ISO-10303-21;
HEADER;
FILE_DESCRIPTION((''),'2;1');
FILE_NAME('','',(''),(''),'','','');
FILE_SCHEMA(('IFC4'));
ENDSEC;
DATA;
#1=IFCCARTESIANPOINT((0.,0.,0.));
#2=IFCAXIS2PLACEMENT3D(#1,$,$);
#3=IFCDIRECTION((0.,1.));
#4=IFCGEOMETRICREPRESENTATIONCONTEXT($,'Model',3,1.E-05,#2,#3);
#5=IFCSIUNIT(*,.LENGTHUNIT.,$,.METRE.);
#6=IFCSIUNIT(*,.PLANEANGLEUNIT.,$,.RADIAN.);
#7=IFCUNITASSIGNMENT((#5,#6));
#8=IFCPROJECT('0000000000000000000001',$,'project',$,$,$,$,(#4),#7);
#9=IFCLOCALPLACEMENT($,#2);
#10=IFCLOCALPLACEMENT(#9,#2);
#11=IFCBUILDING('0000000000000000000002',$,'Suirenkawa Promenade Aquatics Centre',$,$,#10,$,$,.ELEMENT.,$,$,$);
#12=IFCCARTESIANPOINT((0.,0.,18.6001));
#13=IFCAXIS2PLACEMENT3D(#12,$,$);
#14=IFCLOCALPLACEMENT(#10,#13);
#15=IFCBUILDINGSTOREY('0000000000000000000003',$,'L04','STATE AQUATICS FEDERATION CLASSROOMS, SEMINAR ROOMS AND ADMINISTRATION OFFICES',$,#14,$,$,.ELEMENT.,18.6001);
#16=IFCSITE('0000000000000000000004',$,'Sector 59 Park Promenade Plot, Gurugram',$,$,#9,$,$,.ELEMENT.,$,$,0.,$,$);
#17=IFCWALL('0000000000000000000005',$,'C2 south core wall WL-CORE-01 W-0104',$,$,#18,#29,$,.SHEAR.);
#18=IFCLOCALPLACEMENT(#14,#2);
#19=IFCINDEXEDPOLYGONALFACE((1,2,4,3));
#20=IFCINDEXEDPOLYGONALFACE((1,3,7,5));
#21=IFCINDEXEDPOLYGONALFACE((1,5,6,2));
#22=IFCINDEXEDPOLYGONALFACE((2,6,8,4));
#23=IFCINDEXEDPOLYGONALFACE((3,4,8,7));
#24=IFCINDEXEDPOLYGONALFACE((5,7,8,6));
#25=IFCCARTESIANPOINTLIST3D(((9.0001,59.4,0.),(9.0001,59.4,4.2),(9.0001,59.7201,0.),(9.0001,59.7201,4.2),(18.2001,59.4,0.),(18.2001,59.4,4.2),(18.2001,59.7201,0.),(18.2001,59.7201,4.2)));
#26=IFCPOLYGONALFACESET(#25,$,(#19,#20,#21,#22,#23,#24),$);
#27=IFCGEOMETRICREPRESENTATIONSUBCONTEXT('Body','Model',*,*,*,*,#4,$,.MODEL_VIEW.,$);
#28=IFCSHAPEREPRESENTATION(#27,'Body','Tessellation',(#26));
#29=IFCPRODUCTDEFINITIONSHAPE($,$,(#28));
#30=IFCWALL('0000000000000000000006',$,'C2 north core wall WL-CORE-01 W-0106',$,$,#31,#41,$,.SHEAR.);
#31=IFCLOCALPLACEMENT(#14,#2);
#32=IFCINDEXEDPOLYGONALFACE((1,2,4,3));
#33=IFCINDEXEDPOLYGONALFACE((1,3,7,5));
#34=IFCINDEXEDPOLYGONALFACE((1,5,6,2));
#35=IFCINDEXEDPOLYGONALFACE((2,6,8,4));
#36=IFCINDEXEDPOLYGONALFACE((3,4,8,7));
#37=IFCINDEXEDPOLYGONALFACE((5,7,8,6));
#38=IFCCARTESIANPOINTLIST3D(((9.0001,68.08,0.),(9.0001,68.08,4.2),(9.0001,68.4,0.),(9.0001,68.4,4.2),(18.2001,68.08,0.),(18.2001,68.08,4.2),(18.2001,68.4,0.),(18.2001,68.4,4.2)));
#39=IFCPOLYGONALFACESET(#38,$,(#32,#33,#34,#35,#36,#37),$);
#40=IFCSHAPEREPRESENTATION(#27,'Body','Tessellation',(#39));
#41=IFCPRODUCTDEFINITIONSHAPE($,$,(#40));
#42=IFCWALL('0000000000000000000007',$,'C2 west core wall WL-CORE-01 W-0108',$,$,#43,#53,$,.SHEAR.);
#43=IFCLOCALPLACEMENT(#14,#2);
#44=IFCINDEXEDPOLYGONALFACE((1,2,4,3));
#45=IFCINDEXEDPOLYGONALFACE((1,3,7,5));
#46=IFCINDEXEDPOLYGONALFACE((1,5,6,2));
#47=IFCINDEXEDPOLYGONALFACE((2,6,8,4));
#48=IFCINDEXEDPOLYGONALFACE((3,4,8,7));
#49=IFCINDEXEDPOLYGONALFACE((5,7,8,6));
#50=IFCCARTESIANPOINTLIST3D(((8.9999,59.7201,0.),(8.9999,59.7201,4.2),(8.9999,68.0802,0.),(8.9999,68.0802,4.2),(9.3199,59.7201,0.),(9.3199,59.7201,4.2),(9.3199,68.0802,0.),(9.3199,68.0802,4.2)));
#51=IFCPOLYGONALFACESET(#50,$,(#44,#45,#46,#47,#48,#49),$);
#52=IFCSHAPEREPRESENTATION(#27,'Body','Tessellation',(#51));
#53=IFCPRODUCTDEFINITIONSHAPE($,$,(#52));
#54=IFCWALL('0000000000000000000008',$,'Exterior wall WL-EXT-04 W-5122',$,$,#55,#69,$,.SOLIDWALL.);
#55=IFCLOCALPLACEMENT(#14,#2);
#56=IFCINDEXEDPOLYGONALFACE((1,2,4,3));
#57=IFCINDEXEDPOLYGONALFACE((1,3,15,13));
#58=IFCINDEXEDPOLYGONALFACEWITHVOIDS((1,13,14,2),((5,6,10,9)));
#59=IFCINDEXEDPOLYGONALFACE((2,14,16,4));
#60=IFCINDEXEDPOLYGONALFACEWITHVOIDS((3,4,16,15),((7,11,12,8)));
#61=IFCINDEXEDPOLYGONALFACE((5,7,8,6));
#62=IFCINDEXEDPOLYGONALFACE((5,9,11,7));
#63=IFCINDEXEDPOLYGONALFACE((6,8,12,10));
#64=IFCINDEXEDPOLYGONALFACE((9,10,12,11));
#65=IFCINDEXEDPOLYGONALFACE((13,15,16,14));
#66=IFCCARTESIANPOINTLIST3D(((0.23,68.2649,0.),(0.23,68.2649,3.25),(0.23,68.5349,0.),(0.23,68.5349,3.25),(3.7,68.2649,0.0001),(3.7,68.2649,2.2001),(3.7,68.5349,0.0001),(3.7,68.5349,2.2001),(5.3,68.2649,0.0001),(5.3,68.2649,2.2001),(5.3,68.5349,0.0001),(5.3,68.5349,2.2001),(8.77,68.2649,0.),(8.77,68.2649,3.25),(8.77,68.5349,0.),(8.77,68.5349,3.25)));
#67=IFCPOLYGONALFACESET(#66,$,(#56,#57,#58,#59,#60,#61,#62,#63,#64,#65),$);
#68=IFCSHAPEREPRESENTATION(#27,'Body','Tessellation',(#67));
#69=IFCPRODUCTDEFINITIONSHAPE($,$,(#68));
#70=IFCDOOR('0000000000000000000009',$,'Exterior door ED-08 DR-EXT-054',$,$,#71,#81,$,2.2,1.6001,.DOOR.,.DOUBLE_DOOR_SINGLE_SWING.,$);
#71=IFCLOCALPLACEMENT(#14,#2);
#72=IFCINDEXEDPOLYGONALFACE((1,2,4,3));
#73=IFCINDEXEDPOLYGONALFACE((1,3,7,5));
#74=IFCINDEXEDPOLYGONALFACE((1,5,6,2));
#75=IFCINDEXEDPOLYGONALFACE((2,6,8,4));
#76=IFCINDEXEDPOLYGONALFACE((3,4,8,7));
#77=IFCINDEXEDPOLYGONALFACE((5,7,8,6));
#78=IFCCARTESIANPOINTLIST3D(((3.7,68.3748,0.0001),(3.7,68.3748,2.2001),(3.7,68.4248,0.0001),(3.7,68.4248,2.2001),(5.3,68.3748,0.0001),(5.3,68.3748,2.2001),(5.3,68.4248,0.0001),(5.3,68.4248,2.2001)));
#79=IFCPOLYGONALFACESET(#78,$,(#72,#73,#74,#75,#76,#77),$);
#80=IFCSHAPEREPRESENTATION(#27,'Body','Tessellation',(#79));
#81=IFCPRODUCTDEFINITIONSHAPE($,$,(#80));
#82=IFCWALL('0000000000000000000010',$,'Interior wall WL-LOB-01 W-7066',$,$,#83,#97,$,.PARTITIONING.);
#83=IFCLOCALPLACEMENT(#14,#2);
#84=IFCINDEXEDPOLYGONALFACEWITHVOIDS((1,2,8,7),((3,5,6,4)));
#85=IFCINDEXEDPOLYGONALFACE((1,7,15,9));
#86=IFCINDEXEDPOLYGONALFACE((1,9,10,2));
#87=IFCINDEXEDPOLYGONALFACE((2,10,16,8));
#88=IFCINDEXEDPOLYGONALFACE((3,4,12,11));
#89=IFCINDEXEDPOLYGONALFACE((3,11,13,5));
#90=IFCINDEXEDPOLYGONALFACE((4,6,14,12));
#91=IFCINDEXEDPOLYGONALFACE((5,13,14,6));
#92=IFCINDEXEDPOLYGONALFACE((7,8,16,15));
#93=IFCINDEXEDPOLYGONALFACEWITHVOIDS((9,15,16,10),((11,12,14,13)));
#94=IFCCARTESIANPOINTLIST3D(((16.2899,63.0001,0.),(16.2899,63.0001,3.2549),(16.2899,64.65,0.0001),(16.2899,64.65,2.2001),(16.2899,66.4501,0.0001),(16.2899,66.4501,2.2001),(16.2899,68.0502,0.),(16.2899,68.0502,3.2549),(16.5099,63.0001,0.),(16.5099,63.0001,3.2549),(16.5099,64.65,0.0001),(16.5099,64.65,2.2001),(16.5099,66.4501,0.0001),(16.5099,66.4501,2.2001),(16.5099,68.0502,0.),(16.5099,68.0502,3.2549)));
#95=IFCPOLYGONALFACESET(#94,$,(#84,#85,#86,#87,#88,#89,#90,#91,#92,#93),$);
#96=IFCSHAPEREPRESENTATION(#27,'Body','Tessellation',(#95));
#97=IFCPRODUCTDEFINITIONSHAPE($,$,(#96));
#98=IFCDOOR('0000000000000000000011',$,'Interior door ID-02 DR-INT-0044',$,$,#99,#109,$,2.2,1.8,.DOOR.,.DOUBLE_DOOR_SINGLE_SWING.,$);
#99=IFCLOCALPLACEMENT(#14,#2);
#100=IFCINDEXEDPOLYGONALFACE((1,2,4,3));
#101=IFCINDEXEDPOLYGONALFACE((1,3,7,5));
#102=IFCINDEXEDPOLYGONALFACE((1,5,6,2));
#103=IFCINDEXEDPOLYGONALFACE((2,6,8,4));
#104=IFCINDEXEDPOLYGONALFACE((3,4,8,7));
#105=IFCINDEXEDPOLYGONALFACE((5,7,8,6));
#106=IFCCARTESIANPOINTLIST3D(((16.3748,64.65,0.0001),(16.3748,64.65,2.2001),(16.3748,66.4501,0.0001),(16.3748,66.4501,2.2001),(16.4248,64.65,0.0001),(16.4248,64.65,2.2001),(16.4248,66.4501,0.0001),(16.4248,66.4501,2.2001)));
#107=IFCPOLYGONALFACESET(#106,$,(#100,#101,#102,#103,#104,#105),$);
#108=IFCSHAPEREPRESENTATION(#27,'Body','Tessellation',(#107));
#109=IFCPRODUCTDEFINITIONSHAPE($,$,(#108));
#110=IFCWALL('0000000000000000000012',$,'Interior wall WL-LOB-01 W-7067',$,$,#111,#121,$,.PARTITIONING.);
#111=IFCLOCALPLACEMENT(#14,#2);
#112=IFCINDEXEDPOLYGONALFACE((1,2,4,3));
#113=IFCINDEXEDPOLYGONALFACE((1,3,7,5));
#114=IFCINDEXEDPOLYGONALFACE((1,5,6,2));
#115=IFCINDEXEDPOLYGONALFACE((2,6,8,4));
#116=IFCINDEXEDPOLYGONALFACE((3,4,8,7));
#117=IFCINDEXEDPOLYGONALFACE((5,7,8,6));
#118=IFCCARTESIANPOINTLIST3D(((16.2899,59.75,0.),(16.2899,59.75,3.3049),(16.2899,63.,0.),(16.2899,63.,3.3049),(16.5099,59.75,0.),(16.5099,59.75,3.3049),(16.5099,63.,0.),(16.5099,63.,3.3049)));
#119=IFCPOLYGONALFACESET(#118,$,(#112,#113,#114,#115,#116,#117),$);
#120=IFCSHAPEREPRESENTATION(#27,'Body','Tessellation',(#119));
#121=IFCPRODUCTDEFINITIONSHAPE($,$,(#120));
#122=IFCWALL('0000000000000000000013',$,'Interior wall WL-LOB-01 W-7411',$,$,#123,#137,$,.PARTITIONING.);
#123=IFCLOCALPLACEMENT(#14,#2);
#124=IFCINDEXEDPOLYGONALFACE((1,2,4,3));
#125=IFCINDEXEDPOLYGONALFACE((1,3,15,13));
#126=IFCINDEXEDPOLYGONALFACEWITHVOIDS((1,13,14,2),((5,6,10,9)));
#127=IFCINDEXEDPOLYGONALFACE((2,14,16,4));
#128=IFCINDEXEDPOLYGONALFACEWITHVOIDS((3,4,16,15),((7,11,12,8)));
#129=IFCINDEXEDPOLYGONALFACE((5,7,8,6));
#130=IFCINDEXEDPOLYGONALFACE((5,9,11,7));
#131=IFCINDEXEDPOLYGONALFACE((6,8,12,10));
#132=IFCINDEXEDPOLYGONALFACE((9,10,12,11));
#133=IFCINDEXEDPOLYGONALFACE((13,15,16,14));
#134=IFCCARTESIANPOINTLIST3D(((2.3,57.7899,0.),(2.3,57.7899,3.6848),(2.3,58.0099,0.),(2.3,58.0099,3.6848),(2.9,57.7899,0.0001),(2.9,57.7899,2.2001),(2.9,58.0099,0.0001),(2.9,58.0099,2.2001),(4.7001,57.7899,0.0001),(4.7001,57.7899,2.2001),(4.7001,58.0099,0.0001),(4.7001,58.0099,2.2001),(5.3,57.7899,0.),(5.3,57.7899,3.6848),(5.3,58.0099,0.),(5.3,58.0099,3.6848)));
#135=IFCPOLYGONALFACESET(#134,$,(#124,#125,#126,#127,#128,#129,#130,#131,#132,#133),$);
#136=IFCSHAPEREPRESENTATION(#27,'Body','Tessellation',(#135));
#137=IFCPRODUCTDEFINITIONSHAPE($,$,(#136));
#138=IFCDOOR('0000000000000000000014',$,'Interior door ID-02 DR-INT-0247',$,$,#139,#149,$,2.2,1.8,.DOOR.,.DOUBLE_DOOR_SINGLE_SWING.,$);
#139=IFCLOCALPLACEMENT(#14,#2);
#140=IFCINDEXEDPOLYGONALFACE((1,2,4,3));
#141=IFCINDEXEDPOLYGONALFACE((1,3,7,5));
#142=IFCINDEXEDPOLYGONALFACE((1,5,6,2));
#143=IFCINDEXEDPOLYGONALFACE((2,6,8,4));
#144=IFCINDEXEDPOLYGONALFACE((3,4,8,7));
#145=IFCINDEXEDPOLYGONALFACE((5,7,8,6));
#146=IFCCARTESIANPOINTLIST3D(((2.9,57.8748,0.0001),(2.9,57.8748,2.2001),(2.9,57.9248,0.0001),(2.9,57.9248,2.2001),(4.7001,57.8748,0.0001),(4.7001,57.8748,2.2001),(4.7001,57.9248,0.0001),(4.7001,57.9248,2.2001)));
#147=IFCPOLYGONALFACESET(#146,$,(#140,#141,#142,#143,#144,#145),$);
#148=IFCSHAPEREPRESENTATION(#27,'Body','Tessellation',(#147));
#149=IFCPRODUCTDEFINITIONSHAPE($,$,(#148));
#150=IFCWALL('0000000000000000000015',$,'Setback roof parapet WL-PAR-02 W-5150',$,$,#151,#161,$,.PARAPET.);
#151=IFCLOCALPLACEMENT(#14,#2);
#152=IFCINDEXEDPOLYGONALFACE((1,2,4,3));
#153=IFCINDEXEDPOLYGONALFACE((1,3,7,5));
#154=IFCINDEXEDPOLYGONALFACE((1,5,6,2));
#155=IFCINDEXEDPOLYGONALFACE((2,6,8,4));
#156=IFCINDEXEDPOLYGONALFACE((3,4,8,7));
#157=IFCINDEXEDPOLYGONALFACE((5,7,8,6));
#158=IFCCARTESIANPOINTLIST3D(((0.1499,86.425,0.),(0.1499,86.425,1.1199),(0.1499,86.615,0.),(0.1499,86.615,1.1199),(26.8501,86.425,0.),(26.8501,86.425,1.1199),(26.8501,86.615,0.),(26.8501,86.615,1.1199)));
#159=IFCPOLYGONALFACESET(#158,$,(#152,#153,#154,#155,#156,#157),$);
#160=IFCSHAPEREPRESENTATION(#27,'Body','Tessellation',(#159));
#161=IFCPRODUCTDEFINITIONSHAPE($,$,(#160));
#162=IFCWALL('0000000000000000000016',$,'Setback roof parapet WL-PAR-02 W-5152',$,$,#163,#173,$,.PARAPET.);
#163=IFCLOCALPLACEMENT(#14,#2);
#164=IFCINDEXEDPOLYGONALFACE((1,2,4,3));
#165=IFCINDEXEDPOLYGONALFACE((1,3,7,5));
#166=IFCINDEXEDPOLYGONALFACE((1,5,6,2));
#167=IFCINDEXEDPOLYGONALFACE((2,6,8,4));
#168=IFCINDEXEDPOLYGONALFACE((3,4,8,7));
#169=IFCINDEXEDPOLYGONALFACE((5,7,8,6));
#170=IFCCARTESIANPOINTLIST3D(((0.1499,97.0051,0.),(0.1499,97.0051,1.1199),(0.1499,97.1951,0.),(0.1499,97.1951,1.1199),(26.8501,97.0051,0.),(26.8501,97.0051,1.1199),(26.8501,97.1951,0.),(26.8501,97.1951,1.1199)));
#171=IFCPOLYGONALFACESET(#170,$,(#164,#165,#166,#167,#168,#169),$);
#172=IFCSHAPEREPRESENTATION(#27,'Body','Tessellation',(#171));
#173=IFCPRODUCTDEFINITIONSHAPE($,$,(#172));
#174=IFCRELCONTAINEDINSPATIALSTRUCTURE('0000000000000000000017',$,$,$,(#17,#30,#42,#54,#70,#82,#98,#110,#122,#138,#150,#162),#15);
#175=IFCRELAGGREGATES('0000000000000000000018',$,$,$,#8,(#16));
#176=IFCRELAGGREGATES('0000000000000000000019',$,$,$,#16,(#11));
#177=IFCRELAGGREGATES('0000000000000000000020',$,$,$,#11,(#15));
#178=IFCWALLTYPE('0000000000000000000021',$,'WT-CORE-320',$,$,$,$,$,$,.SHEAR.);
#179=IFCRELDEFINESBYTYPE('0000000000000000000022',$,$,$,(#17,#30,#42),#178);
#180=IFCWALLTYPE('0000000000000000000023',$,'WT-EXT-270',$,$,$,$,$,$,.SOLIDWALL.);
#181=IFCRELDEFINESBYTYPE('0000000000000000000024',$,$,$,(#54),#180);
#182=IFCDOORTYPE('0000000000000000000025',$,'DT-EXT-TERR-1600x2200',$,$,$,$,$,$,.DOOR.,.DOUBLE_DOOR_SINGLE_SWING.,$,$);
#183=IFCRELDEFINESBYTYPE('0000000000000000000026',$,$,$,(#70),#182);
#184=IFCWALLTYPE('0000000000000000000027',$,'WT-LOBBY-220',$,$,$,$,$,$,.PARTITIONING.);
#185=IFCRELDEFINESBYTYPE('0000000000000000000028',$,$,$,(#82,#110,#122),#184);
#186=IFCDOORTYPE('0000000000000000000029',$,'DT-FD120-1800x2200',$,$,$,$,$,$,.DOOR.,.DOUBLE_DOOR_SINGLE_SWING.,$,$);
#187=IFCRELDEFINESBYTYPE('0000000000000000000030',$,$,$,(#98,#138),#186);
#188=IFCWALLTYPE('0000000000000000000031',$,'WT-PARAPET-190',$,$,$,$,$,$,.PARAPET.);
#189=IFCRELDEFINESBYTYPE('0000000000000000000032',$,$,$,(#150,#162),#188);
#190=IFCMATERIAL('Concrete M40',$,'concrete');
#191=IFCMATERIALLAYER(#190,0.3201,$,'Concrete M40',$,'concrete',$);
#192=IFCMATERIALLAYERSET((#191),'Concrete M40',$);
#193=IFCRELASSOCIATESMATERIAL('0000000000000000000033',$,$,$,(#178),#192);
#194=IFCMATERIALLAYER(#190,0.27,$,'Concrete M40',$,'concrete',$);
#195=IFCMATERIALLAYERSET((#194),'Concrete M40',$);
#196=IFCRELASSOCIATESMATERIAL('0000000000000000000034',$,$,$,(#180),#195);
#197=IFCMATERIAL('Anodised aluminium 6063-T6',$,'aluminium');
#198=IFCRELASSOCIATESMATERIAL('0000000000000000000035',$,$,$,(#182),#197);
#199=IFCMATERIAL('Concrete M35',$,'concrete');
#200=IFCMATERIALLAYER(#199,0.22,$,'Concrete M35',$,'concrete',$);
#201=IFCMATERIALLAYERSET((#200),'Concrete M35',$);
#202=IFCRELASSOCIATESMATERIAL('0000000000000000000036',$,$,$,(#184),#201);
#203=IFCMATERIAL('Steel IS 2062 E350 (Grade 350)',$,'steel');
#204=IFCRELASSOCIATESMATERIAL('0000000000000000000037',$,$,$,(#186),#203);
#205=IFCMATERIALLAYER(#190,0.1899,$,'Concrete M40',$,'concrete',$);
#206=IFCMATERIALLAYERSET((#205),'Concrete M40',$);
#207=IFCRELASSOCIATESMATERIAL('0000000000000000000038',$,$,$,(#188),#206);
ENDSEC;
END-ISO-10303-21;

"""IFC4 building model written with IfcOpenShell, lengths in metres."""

from ifc_helpers import new_model, si_unit, direction, frame, frame_2d, origin, place, context, subcontext, project, spatial, rectangle, extrude, material, layer, layer_set, type_object, element, fill, save


model = new_model("IFC4")

# Units and contexts
model_context = context("Model", 3, precision=1e-05, world=origin(), true_north=direction((0.0, 1.0)))
body_context = subcontext(model_context, "Body", "Model", "MODEL_VIEW")
ifc_project = project(units=[si_unit("LENGTHUNIT", "METRE"), si_unit("PLANEANGLEUNIT", "RADIAN")], contexts=[model_context])

# Site, building, storey
site_placement = place(None, origin())
site = spatial("IfcSite", under=ifc_project, at=site_placement, Name="Sector 59 Park Promenade Plot, Gurugram", CompositionType="ELEMENT", RefElevation=0.0)
building_placement = place(site_placement, origin())
building = spatial("IfcBuilding", under=site, at=building_placement, Name="Suirenkawa Promenade Aquatics Centre", CompositionType="ELEMENT")
storey_placement = place(building_placement, frame((0.0, 0.0, 18.6001)))
storey = spatial("IfcBuildingStorey", under=building, at=storey_placement, Name="L04", Description="STATE AQUATICS FEDERATION CLASSROOMS, SEMINAR ROOMS AND ADMINISTRATION OFFICES", CompositionType="ELEMENT", Elevation=18.6001)

# Shared definitions
ifc_material_1 = material(Name="Concrete M40", Category="concrete")

# Shared definitions
ifc_material_2 = material(Name="Steel IS 2062 E350 (Grade 350)", Category="steel")
ifc_material_3 = material(Name="Concrete M35", Category="concrete")

# Walls
ifc_layer_1 = layer(ifc_material_1, 0.3201, Name="Concrete M40", Category="concrete")
ifc_layer_set_1 = layer_set([ifc_layer_1], Name="Concrete M40")
wall_type_1 = type_object("IfcWallType", Name="WT-CORE-320", PredefinedType="SHEAR", material=ifc_layer_set_1)
for number, where, z_axis, x_axis, name in (
    (1, (9.0, 59.5601, 0.0), (0.0, 0.0, 1.0), (1.0, 0.0, 0.0), "C2 south core wall WL-CORE-01 W-0104"),
    (2, (9.0, 68.24, 0.0), (0.0, 0.0, 1.0), (1.0, 0.0, 0.0), "C2 north core wall WL-CORE-01 W-0106"),
):
    element("IfcWall", number, at=place(storey_placement, frame(where, z_axis=z_axis, x_axis=x_axis)), inside=storey, type_object=wall_type_1, Name=name, PredefinedType="SHEAR", context=body_context, shape_type="SweptSolid", body=[
        extrude(rectangle(XDim=9.2, YDim=0.3201, at=frame_2d((4.6001, 0.0))), origin(), (0.0, 0.0, 1.0), 4.2),
    ])
wall_1_placement = place(storey_placement, frame((9.1599, 59.72, 0.0), z_axis=(0.0, 0.0, 1.0), x_axis=(0.0, 1.0, 0.0)))
element("IfcWall", 3, at=wall_1_placement, inside=storey, type_object=wall_type_1, Name="C2 west core wall WL-CORE-01 W-0108", PredefinedType="SHEAR", context=body_context, shape_type="SweptSolid", body=[
    extrude(rectangle(XDim=8.3601, YDim=0.3201, at=frame_2d((4.1802, 0.0))), origin(), (0.0, 0.0, 1.0), 4.2),
])

# Walls, openings, doors
ifc_layer_2 = layer(ifc_material_1, 0.27, Name="Concrete M40", Category="concrete")
ifc_layer_set_2 = layer_set([ifc_layer_2], Name="Concrete M40")
wall_type_2 = type_object("IfcWallType", Name="WT-EXT-270", PredefinedType="SOLIDWALL", material=ifc_layer_set_2)
wall_2_placement = place(storey_placement, frame((0.23, 68.3999, 0.0), z_axis=(0.0, 0.0, 1.0), x_axis=(1.0, 0.0, 0.0)))
wall_2 = element("IfcWall", 4, at=wall_2_placement, inside=storey, type_object=wall_type_2, Name="Exterior wall WL-EXT-04 W-5122", PredefinedType="SOLIDWALL", context=body_context, shape_type="SweptSolid", body=[
    extrude(rectangle(XDim=8.54, YDim=0.27, at=frame_2d((4.27, 0.0))), origin(), (0.0, 0.0, 1.0), 3.25),
])
opening_1_placement = place(wall_2_placement, frame((3.47, 0.0, 0.0)))
opening_1 = element("IfcOpeningElement", 5, at=opening_1_placement, cuts=wall_2, PredefinedType="OPENING", context=body_context, shape_type="SweptSolid", body=[
    extrude(rectangle(XDim=1.6001, YDim=2.2, at=frame_2d((0.8, 1.1001))), frame((0.0, 0.145, 0.0), z_axis=(0.0, -1.0, 0.0), x_axis=(1.0, 0.0, 0.0)), (0.0, 0.0, 1.0), 0.29),
])
ifc_material_4 = material(Name="Anodised aluminium 6063-T6", Category="aluminium")
door_type_1 = type_object("IfcDoorType", Name="DT-EXT-TERR-1600x2200", OperationType="DOUBLE_DOOR_SINGLE_SWING", PredefinedType="DOOR", material=ifc_material_4)
door_1_placement = place(opening_1_placement, origin())
door_1 = element("IfcDoor", 6, at=door_1_placement, inside=storey, type_object=door_type_1, Name="Exterior door ED-08 DR-EXT-054", OperationType="DOUBLE_DOOR_SINGLE_SWING", OverallHeight=2.2, OverallWidth=1.6001, PredefinedType="DOOR", context=body_context, shape_type="SweptSolid", body=[
    extrude(rectangle(XDim=1.6001, YDim=2.2, at=frame_2d((0.8, 1.1001))), frame((0.0, 0.0249, 0.0), z_axis=(0.0, -1.0, 0.0), x_axis=(1.0, 0.0, 0.0)), (0.0, 0.0, 1.0), 0.05),
])
fill(opening_1, door_1)
ifc_layer_3 = layer(ifc_material_3, 0.22, Name="Concrete M35", Category="concrete")
ifc_layer_set_3 = layer_set([ifc_layer_3], Name="Concrete M35")
wall_type_3 = type_object("IfcWallType", Name="WT-LOBBY-220", PredefinedType="PARTITIONING", material=ifc_layer_set_3)
wall_3_placement = place(storey_placement, frame((16.3999, 68.05, 0.0), z_axis=(0.0, 0.0, 1.0), x_axis=(0.0, -1.0, 0.0)))
wall_3 = element("IfcWall", 7, at=wall_3_placement, inside=storey, type_object=wall_type_3, Name="Interior wall WL-LOB-01 W-7066", PredefinedType="PARTITIONING", context=body_context, shape_type="SweptSolid", body=[
    extrude(rectangle(XDim=5.05, YDim=0.22, at=frame_2d((2.5249, 0.0))), origin(), (0.0, 0.0, 1.0), 3.2549),
])
opening_2_placement = place(wall_3_placement, frame((1.6001, 0.0, 0.0)))
opening_2 = element("IfcOpeningElement", 8, at=opening_2_placement, cuts=wall_3, PredefinedType="OPENING", context=body_context, shape_type="SweptSolid", body=[
    extrude(rectangle(XDim=1.8, YDim=2.2, at=frame_2d((0.8999, 1.1001))), frame((0.0, 0.1199, 0.0), z_axis=(0.0, -1.0, 0.0), x_axis=(1.0, 0.0, 0.0)), (0.0, 0.0, 1.0), 0.24),
])
door_type_2 = type_object("IfcDoorType", Name="DT-FD120-1800x2200", OperationType="DOUBLE_DOOR_SINGLE_SWING", PredefinedType="DOOR", material=ifc_material_2)
door_2_placement = place(opening_2_placement, origin())
door_2 = element("IfcDoor", 9, at=door_2_placement, inside=storey, type_object=door_type_2, Name="Interior door ID-02 DR-INT-0044", OperationType="DOUBLE_DOOR_SINGLE_SWING", OverallHeight=2.2, OverallWidth=1.8, PredefinedType="DOOR", context=body_context, shape_type="SweptSolid", body=[
    extrude(rectangle(XDim=1.8, YDim=2.2, at=frame_2d((0.8999, 1.1001))), frame((0.0, 0.0249, 0.0), z_axis=(0.0, -1.0, 0.0), x_axis=(1.0, 0.0, 0.0)), (0.0, 0.0, 1.0), 0.05),
])
fill(opening_2, door_2)

# Wall
wall_4_placement = place(storey_placement, frame((16.3999, 59.75, 0.0), z_axis=(0.0, 0.0, 1.0), x_axis=(0.0, 1.0, 0.0)))
element("IfcWall", 10, at=wall_4_placement, inside=storey, type_object=wall_type_3, Name="Interior wall WL-LOB-01 W-7067", PredefinedType="PARTITIONING", context=body_context, shape_type="SweptSolid", body=[
    extrude(rectangle(XDim=3.25, YDim=0.22, at=frame_2d((1.625, 0.0))), origin(), (0.0, 0.0, 1.0), 3.3049),
])

# Wall, opening, door
wall_5_placement = place(storey_placement, frame((2.3, 57.8999, 0.0), z_axis=(0.0, 0.0, 1.0), x_axis=(1.0, 0.0, 0.0)))
wall_5 = element("IfcWall", 11, at=wall_5_placement, inside=storey, type_object=wall_type_3, Name="Interior wall WL-LOB-01 W-7411", PredefinedType="PARTITIONING", context=body_context, shape_type="SweptSolid", body=[
    extrude(rectangle(XDim=3.0, YDim=0.22, at=frame_2d((1.5, 0.0))), origin(), (0.0, 0.0, 1.0), 3.6848),
])
opening_3_placement = place(wall_5_placement, frame((0.6001, 0.0, 0.0)))
opening_3 = element("IfcOpeningElement", 12, at=opening_3_placement, cuts=wall_5, PredefinedType="OPENING", context=body_context, shape_type="SweptSolid", body=[
    extrude(rectangle(XDim=1.8, YDim=2.2, at=frame_2d((0.8999, 1.1001))), frame((0.0, 0.1199, 0.0), z_axis=(0.0, -1.0, 0.0), x_axis=(1.0, 0.0, 0.0)), (0.0, 0.0, 1.0), 0.24),
])
door_3_placement = place(opening_3_placement, origin())
door_3 = element("IfcDoor", 13, at=door_3_placement, inside=storey, type_object=door_type_2, Name="Interior door ID-02 DR-INT-0247", OperationType="DOUBLE_DOOR_SINGLE_SWING", OverallHeight=2.2, OverallWidth=1.8, PredefinedType="DOOR", context=body_context, shape_type="SweptSolid", body=[
    extrude(rectangle(XDim=1.8, YDim=2.2, at=frame_2d((0.8999, 1.1001))), frame((0.0, 0.0249, 0.0), z_axis=(0.0, -1.0, 0.0), x_axis=(1.0, 0.0, 0.0)), (0.0, 0.0, 1.0), 0.05),
])
fill(opening_3, door_3)

# Walls
ifc_layer_4 = layer(ifc_material_1, 0.1899, Name="Concrete M40", Category="concrete")
ifc_layer_set_4 = layer_set([ifc_layer_4], Name="Concrete M40")
wall_type_4 = type_object("IfcWallType", Name="WT-PARAPET-190", PredefinedType="PARAPET", material=ifc_layer_set_4)
for number, where, z_axis, x_axis, name in (
    (14, (0.1499, 86.52, 0.0), (0.0, 0.0, 1.0), (1.0, 0.0, 0.0), "Setback roof parapet WL-PAR-02 W-5150"),
    (15, (0.1499, 97.1001, 0.0), (0.0, 0.0, 1.0), (1.0, 0.0, 0.0), "Setback roof parapet WL-PAR-02 W-5152"),
):
    element("IfcWall", number, at=place(storey_placement, frame(where, z_axis=z_axis, x_axis=x_axis)), inside=storey, type_object=wall_type_4, Name=name, PredefinedType="PARAPET", context=body_context, shape_type="SweptSolid", body=[
        extrude(rectangle(XDim=26.7002, YDim=0.1899, at=frame_2d((13.3501, 0.0))), origin(), (0.0, 0.0, 1.0), 1.1199),
    ])

save(model, "model.ifc")
